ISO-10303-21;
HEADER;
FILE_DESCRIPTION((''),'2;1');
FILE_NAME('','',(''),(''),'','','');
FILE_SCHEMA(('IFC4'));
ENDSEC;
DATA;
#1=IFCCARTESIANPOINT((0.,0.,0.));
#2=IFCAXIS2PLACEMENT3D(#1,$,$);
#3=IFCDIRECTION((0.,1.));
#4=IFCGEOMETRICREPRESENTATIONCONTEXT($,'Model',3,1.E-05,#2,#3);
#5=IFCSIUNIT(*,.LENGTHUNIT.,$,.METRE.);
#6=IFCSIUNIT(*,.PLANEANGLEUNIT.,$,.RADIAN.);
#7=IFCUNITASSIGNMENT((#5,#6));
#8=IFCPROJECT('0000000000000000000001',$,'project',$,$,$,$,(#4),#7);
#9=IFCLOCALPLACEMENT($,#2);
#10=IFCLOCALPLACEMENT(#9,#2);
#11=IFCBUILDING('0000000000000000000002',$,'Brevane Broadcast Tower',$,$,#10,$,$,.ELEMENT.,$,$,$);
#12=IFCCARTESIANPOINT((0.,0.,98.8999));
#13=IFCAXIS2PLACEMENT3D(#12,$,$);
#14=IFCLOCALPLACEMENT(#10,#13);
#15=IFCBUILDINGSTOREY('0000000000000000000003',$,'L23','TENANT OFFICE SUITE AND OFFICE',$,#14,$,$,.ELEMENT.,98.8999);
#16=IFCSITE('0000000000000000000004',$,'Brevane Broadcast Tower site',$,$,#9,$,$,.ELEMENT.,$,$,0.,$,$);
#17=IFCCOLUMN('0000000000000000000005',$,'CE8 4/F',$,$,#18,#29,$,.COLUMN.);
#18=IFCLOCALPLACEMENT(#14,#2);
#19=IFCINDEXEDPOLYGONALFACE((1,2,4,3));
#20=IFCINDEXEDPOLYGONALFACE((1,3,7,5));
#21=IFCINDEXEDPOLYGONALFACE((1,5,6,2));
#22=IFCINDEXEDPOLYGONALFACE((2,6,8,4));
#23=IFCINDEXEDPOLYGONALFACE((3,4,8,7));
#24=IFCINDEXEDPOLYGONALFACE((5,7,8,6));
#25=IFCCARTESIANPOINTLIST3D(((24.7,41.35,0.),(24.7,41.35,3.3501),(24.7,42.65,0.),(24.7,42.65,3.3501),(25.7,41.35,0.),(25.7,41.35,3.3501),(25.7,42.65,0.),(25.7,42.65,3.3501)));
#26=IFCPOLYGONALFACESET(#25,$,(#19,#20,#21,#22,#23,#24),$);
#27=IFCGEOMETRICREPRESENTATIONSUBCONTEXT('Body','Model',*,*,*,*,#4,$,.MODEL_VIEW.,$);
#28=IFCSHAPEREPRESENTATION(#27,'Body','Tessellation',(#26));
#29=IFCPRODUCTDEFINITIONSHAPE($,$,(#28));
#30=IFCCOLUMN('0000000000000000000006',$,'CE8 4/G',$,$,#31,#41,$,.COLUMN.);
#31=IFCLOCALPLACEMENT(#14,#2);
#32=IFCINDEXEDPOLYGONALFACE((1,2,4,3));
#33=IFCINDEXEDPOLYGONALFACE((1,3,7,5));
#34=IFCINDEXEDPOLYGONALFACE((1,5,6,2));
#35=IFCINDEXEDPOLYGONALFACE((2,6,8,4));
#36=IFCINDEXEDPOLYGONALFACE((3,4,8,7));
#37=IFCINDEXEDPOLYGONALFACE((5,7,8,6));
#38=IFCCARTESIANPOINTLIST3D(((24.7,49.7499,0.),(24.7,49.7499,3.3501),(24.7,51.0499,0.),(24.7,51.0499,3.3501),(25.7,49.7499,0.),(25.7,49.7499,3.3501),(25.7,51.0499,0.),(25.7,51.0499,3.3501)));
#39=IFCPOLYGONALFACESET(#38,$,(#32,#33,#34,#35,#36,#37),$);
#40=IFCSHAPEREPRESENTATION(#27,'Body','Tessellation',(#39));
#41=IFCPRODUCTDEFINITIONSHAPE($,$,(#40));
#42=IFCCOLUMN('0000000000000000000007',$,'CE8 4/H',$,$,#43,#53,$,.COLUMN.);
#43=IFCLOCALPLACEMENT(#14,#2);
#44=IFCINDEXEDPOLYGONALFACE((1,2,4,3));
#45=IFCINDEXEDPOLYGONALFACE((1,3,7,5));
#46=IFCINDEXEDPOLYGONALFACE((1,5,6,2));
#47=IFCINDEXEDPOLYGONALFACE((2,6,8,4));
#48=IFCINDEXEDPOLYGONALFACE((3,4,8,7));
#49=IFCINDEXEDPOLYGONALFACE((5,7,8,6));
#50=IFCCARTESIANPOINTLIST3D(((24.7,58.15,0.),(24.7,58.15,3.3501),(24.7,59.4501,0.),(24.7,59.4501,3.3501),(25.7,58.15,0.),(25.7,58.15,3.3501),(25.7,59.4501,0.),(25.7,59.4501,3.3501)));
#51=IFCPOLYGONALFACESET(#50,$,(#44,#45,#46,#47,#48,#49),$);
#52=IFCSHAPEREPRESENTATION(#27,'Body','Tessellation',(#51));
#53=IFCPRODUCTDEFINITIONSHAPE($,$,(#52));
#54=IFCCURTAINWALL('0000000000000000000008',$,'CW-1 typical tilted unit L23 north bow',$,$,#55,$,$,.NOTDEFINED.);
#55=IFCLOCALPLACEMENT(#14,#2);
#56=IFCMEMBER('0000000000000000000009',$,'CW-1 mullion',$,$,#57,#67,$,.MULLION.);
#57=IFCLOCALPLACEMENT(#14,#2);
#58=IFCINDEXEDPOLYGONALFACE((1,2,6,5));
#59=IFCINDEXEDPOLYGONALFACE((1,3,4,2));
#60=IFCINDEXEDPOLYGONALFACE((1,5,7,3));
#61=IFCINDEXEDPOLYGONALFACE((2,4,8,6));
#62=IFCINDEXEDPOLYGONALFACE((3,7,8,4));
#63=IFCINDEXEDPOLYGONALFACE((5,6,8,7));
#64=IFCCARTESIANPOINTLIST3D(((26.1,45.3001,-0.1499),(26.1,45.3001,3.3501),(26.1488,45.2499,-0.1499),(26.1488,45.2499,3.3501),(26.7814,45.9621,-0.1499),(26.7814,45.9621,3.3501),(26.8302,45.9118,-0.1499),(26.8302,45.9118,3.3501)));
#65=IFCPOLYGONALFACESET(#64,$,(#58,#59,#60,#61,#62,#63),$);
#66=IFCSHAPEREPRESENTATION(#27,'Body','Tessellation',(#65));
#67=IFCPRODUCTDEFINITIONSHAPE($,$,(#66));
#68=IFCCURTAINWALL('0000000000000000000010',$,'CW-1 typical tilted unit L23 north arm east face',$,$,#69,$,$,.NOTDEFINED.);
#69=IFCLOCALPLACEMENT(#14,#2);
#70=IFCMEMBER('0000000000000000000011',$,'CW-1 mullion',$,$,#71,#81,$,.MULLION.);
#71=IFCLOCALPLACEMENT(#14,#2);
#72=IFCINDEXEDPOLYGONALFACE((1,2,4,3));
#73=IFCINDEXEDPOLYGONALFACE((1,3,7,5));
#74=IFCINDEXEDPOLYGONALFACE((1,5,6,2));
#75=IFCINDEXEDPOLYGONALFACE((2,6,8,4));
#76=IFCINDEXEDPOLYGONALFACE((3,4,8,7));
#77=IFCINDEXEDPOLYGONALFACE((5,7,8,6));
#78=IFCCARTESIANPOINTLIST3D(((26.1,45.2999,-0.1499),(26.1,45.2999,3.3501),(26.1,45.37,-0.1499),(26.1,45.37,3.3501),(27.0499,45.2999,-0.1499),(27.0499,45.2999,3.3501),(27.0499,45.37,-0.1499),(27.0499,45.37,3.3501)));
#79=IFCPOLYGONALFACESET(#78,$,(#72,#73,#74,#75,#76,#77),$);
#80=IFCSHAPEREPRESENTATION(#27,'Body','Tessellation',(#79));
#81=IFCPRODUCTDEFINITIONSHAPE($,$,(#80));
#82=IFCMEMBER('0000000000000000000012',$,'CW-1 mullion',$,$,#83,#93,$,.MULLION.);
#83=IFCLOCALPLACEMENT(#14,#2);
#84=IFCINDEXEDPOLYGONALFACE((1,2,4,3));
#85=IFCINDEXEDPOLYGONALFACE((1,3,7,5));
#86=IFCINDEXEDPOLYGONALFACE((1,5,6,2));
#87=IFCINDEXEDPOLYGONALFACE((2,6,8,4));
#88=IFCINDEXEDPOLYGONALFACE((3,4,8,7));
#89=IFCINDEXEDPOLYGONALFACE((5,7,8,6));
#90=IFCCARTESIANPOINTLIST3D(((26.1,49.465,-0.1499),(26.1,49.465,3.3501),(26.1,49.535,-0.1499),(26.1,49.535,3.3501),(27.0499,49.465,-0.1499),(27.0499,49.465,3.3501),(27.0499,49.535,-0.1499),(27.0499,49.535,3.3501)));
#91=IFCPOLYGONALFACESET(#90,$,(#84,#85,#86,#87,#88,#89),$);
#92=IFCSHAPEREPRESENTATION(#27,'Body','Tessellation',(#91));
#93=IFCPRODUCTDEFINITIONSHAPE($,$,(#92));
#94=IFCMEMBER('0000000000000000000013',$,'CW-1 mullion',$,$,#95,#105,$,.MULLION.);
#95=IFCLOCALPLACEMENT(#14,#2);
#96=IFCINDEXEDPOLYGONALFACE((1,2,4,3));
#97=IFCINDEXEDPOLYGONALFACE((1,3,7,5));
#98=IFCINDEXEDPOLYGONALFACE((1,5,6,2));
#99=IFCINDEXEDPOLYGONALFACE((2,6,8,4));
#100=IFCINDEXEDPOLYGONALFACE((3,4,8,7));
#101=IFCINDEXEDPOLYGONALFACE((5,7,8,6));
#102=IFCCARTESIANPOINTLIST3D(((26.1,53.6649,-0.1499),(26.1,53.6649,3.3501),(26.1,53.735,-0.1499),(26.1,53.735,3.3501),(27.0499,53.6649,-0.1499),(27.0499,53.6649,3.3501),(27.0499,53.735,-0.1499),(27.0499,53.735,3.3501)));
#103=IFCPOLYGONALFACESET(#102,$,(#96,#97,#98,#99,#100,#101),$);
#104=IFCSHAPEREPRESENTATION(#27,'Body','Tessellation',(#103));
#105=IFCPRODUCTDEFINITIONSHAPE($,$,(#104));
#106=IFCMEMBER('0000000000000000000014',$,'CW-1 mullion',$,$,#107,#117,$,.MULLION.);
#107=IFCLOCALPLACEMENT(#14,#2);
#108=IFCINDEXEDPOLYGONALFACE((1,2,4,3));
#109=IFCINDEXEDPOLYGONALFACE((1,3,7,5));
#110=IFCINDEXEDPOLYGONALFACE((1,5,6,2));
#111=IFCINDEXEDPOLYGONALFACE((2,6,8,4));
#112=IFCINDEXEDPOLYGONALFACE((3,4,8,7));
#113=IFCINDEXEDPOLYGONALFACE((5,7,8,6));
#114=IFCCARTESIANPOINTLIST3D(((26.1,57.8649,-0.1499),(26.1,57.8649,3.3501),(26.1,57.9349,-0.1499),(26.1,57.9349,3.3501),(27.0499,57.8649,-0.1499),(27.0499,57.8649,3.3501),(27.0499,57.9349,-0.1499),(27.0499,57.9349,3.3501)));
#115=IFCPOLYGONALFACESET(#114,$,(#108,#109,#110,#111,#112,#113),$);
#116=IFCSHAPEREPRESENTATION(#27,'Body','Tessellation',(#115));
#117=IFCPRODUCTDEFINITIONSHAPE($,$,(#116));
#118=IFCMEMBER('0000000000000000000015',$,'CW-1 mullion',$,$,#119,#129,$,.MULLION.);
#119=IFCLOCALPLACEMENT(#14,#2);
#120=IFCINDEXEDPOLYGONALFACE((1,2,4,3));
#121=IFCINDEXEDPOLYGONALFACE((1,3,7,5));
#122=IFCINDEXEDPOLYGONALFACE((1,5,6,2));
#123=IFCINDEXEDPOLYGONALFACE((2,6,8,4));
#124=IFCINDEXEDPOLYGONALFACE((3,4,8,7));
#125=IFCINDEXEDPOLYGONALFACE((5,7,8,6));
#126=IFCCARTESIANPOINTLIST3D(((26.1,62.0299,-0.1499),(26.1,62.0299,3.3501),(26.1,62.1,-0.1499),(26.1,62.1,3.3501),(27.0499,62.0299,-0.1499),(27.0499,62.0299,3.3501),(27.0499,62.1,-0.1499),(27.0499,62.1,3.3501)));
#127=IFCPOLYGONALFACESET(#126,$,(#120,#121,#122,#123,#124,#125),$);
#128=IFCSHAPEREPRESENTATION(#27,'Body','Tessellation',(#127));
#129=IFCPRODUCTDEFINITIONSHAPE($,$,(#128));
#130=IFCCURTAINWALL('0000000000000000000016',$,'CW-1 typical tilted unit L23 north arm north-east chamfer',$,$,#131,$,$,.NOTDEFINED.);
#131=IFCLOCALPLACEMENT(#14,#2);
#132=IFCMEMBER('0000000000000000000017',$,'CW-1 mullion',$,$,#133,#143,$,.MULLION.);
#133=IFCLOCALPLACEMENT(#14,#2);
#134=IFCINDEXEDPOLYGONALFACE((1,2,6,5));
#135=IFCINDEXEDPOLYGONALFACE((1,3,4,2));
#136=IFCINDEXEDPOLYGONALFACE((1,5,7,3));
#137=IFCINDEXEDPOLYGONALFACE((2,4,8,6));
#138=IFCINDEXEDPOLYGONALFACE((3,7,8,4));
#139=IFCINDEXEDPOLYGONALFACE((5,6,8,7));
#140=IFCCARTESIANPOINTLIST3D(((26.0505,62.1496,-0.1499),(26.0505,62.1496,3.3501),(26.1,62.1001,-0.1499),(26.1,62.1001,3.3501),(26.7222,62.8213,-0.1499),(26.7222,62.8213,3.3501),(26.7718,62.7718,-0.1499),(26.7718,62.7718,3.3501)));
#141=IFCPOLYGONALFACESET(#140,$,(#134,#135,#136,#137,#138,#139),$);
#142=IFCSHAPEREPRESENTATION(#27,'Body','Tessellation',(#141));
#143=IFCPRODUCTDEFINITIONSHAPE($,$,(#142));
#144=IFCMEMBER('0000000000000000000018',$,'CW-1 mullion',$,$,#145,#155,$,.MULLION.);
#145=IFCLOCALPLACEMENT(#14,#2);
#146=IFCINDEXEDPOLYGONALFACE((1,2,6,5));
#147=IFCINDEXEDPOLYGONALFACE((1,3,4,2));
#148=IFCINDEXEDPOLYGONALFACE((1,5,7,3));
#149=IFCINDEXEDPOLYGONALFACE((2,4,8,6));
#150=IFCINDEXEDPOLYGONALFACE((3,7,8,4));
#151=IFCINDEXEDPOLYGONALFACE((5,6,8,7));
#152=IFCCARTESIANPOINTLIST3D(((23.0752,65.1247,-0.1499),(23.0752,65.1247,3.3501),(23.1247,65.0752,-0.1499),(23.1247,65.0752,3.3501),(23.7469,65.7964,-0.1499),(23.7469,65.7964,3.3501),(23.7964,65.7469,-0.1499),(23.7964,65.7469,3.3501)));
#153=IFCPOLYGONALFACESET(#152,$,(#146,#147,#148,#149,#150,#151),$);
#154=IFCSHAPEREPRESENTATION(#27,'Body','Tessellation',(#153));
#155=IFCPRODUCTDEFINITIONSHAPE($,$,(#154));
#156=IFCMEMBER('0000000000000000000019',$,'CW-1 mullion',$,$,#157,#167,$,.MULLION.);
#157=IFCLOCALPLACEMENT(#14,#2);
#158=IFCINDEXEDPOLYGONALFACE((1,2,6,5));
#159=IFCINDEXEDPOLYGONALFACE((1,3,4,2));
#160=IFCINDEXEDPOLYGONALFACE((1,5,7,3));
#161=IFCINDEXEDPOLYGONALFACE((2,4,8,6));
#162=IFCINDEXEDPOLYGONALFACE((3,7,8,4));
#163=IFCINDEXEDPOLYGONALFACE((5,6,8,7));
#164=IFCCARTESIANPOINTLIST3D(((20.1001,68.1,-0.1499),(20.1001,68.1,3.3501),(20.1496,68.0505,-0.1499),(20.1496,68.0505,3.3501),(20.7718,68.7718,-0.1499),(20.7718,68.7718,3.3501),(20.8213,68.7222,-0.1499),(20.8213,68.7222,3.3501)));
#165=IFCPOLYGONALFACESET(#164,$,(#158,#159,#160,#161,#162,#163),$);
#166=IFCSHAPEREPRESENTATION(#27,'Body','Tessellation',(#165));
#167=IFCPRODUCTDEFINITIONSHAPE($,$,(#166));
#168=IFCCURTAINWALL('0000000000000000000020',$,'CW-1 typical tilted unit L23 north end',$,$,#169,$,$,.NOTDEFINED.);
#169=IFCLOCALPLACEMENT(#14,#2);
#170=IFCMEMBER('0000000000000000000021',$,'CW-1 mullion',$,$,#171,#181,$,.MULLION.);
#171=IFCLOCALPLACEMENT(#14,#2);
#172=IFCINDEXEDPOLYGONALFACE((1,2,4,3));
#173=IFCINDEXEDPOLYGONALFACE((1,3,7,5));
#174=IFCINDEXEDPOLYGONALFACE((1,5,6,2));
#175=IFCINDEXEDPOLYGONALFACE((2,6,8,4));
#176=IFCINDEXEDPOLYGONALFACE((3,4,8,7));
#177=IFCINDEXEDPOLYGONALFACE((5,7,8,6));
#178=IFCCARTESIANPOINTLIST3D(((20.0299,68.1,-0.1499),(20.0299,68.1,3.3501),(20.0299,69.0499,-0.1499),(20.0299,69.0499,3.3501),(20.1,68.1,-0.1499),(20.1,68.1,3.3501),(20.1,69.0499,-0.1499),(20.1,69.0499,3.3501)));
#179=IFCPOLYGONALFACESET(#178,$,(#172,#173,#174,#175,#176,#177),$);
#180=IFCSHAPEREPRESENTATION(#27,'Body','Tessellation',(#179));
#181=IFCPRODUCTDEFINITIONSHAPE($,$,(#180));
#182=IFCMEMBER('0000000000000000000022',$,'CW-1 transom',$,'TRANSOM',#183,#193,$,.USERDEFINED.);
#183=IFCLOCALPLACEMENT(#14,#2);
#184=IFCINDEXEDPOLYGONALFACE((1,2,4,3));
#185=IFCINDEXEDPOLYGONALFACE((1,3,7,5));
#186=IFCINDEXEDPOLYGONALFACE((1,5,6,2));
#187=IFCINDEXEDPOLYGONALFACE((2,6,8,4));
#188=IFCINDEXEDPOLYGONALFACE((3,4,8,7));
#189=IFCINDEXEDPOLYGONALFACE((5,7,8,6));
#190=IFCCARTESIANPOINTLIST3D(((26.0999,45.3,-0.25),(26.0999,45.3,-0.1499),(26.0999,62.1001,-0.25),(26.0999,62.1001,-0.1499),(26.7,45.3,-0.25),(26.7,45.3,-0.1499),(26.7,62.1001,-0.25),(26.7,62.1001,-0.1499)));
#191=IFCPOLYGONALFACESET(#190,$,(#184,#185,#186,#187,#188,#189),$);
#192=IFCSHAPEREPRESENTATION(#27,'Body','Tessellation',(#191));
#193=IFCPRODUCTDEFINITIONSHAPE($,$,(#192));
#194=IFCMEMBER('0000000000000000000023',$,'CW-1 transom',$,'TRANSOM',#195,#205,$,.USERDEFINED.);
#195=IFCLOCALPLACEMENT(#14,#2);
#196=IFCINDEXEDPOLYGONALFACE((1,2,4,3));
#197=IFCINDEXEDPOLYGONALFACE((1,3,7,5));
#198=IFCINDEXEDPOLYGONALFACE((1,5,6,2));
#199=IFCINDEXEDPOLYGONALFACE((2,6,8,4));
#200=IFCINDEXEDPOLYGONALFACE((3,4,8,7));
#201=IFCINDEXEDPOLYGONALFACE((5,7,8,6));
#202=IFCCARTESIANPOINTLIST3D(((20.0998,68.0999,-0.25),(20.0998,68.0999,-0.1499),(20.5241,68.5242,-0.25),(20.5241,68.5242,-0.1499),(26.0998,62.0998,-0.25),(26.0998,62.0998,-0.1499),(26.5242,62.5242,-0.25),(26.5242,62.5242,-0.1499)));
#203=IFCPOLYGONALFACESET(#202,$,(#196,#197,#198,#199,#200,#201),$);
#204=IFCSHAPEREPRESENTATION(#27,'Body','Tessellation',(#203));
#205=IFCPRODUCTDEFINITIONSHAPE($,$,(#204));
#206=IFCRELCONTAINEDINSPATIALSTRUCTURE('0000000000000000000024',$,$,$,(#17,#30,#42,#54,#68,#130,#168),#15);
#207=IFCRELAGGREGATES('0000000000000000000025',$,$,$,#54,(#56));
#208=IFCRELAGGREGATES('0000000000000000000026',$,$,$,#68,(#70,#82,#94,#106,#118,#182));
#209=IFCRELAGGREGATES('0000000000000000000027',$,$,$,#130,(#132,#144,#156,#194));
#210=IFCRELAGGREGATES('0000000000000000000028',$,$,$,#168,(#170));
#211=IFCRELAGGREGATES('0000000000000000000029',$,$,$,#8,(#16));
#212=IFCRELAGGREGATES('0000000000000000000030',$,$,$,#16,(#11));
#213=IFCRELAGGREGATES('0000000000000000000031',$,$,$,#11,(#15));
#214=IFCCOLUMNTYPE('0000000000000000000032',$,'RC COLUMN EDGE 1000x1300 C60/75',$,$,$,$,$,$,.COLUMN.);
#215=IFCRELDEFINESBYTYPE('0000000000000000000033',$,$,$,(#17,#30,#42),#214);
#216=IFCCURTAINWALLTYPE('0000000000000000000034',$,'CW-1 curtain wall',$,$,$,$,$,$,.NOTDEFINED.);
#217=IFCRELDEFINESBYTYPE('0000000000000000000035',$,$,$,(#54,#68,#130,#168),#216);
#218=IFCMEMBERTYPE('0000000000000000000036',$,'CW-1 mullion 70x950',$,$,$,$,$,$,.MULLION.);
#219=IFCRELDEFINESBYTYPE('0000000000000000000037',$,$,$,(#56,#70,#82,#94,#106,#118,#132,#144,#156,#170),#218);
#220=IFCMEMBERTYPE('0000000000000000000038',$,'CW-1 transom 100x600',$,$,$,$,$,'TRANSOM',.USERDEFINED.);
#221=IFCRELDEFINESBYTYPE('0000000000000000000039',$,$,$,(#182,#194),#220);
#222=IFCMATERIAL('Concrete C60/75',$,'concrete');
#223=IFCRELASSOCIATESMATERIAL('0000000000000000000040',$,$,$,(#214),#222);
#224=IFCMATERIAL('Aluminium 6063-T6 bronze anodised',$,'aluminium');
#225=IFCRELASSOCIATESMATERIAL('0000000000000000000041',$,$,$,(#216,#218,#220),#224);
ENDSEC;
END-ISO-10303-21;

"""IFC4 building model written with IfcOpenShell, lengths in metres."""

from ifc_helpers import new_model, si_unit, direction, frame, origin, origin_2d, place, context, subcontext, project, spatial, rectangle, extrude, material, material_profile, profile_set, type_object, element, aggregate, save


model = new_model("IFC4")

# Units and contexts
model_context = context("Model", 3, precision=1e-05, world=origin(), true_north=direction((0.0, 1.0)))
body_context = subcontext(model_context, "Body", "Model", "MODEL_VIEW")
ifc_project = project(units=[si_unit("LENGTHUNIT", "METRE"), si_unit("PLANEANGLEUNIT", "RADIAN")], contexts=[model_context])

# Site, building, storey
site_placement = place(None, origin())
site = spatial("IfcSite", under=ifc_project, at=site_placement, Name="Brevane Broadcast Tower site", CompositionType="ELEMENT", RefElevation=0.0)
building_placement = place(site_placement, origin())
building = spatial("IfcBuilding", under=site, at=building_placement, Name="Brevane Broadcast Tower", CompositionType="ELEMENT")
storey_placement = place(building_placement, frame((0.0, 0.0, 98.8999)))
storey = spatial("IfcBuildingStorey", under=building, at=storey_placement, Name="L23", Description="TENANT OFFICE SUITE AND OFFICE", CompositionType="ELEMENT", Elevation=98.8999)

# Columns
ifc_material_1 = material(Name="Concrete C60/75", Category="concrete")
ifc_material_profile_1 = material_profile(ifc_material_1, rectangle(XDim=1.0, YDim=1.3, at=origin_2d()), Name="RC 1000x1300")
ifc_profile_set_1 = profile_set([ifc_material_profile_1], Name="Concrete C60/75")
column_type = type_object("IfcColumnType", Name="RC COLUMN EDGE 1000x1300 C60/75", PredefinedType="COLUMN", material=ifc_profile_set_1)
for number, where, z_axis, x_axis, name in (
    (1, (25.2, 42.0, 0.0), (0.0, 0.0, 1.0), (1.0, 0.0, 0.0), "CE8 4/F"),
    (2, (25.2, 50.3999, 0.0), (0.0, 0.0, 1.0), (1.0, 0.0, 0.0), "CE8 4/G"),
    (3, (25.2, 58.8, 0.0), (0.0, 0.0, 1.0), (1.0, 0.0, 0.0), "CE8 4/H"),
):
    element("IfcColumn", number, at=place(storey_placement, frame(where, z_axis=z_axis, x_axis=x_axis)), inside=storey, type_object=column_type, Name=name, PredefinedType="COLUMN", context=body_context, shape_type="SweptSolid", body=[
        extrude(rectangle(XDim=1.0, YDim=1.3, at=origin_2d()), origin(), (0.0, 0.0, 1.0), 3.3501),
    ])

# Curtain wall, member
ifc_material_2 = material(Name="Aluminium 6063-T6 bronze anodised", Category="aluminium")
curtain_wall_type = type_object("IfcCurtainWallType", Name="CW-1 curtain wall", PredefinedType="NOTDEFINED", material=ifc_material_2)
curtain_wall_1_placement = place(storey_placement, origin())
curtain_wall_1 = element("IfcCurtainWall", 4, at=curtain_wall_1_placement, inside=storey, type_object=curtain_wall_type, Name="CW-1 typical tilted unit L23 north bow", PredefinedType="NOTDEFINED")
ifc_material_profile_2 = material_profile(ifc_material_2, rectangle(XDim=0.95, YDim=0.0701, at=origin_2d()), Name="RECT 70x950")
ifc_profile_set_2 = profile_set([ifc_material_profile_2], Name="Aluminium 6063-T6 bronze anodised")
member_type_1 = type_object("IfcMemberType", Name="CW-1 mullion 70x950", PredefinedType="MULLION", material=ifc_profile_set_2)
member_1_placement = place(storey_placement, frame((26.4651, 45.606, -0.1499), z_axis=(0.0, 0.0, 1.0), x_axis=(-0.717254, -0.696812, 0.0)))
member_1 = element("IfcMember", 5, at=member_1_placement, type_object=member_type_1, Name="CW-1 mullion", PredefinedType="MULLION", context=body_context, shape_type="SweptSolid", body=[
    extrude(rectangle(XDim=0.95, YDim=0.0701, at=origin_2d()), origin(), (0.0, 0.0, 1.0), 3.5),
])
aggregate(curtain_wall_1, [member_1])

# Curtain walls, members
curtain_wall_2_placement = place(storey_placement, origin())
curtain_wall_2 = element("IfcCurtainWall", 6, at=curtain_wall_2_placement, inside=storey, type_object=curtain_wall_type, Name="CW-1 typical tilted unit L23 north arm east face", PredefinedType="NOTDEFINED")
member_2_placement = place(storey_placement, frame((26.575, 45.335, -0.1499), z_axis=(0.0, 0.0, 1.0), x_axis=(-1.0, 0.0, 0.0)))
member_2 = element("IfcMember", 7, at=member_2_placement, type_object=member_type_1, Name="CW-1 mullion", PredefinedType="MULLION", context=body_context, shape_type="SweptSolid", body=[
    extrude(rectangle(XDim=0.95, YDim=0.0701, at=origin_2d()), origin(), (0.0, 0.0, 1.0), 3.5),
])
member_3_placement = place(storey_placement, frame((26.575, 49.5, -0.1499), z_axis=(0.0, 0.0, 1.0), x_axis=(-1.0, 0.0, 0.0)))
member_3 = element("IfcMember", 8, at=member_3_placement, type_object=member_type_1, Name="CW-1 mullion", PredefinedType="MULLION", context=body_context, shape_type="SweptSolid", body=[
    extrude(rectangle(XDim=0.95, YDim=0.0701, at=origin_2d()), origin(), (0.0, 0.0, 1.0), 3.5),
])
member_4_placement = place(storey_placement, frame((26.575, 53.7, -0.1499), z_axis=(0.0, 0.0, 1.0), x_axis=(-1.0, 0.0, 0.0)))
member_4 = element("IfcMember", 9, at=member_4_placement, type_object=member_type_1, Name="CW-1 mullion", PredefinedType="MULLION", context=body_context, shape_type="SweptSolid", body=[
    extrude(rectangle(XDim=0.95, YDim=0.0701, at=origin_2d()), origin(), (0.0, 0.0, 1.0), 3.5),
])
member_5_placement = place(storey_placement, frame((26.575, 57.8999, -0.1499), z_axis=(0.0, 0.0, 1.0), x_axis=(-1.0, 0.0, 0.0)))
member_5 = element("IfcMember", 10, at=member_5_placement, type_object=member_type_1, Name="CW-1 mullion", PredefinedType="MULLION", context=body_context, shape_type="SweptSolid", body=[
    extrude(rectangle(XDim=0.95, YDim=0.0701, at=origin_2d()), origin(), (0.0, 0.0, 1.0), 3.5),
])
member_6_placement = place(storey_placement, frame((26.575, 62.0649, -0.1499), z_axis=(0.0, 0.0, 1.0), x_axis=(-1.0, 0.0, 0.0)))
member_6 = element("IfcMember", 11, at=member_6_placement, type_object=member_type_1, Name="CW-1 mullion", PredefinedType="MULLION", context=body_context, shape_type="SweptSolid", body=[
    extrude(rectangle(XDim=0.95, YDim=0.0701, at=origin_2d()), origin(), (0.0, 0.0, 1.0), 3.5),
])
curtain_wall_3_placement = place(storey_placement, origin())
curtain_wall_3 = element("IfcCurtainWall", 12, at=curtain_wall_3_placement, inside=storey, type_object=curtain_wall_type, Name="CW-1 typical tilted unit L23 north arm north-east chamfer", PredefinedType="NOTDEFINED")
member_7_placement = place(storey_placement, frame((26.4111, 62.4607, -0.1499), z_axis=(0.0, 0.0, 1.0), x_axis=(-0.707107, -0.707107, 0.0)))
member_7 = element("IfcMember", 13, at=member_7_placement, type_object=member_type_1, Name="CW-1 mullion", PredefinedType="MULLION", context=body_context, shape_type="SweptSolid", body=[
    extrude(rectangle(XDim=0.95, YDim=0.0701, at=origin_2d()), origin(), (0.0, 0.0, 1.0), 3.5),
])
member_8_placement = place(storey_placement, frame((23.4358, 65.4358, -0.1499), z_axis=(0.0, 0.0, 1.0), x_axis=(-0.707107, -0.707107, 0.0)))
member_8 = element("IfcMember", 14, at=member_8_placement, type_object=member_type_1, Name="CW-1 mullion", PredefinedType="MULLION", context=body_context, shape_type="SweptSolid", body=[
    extrude(rectangle(XDim=0.95, YDim=0.0701, at=origin_2d()), origin(), (0.0, 0.0, 1.0), 3.5),
])
member_9_placement = place(storey_placement, frame((20.4607, 68.4111, -0.1499), z_axis=(0.0, 0.0, 1.0), x_axis=(-0.707107, -0.707107, 0.0)))
member_9 = element("IfcMember", 15, at=member_9_placement, type_object=member_type_1, Name="CW-1 mullion", PredefinedType="MULLION", context=body_context, shape_type="SweptSolid", body=[
    extrude(rectangle(XDim=0.95, YDim=0.0701, at=origin_2d()), origin(), (0.0, 0.0, 1.0), 3.5),
])

# Curtain wall, member
curtain_wall_4_placement = place(storey_placement, origin())
curtain_wall_4 = element("IfcCurtainWall", 16, at=curtain_wall_4_placement, inside=storey, type_object=curtain_wall_type, Name="CW-1 typical tilted unit L23 north end", PredefinedType="NOTDEFINED")
member_10_placement = place(storey_placement, frame((20.0649, 68.575, -0.1499), z_axis=(0.0, 0.0, 1.0), x_axis=(0.0, -1.0, 0.0)))
member_10 = element("IfcMember", 17, at=member_10_placement, type_object=member_type_1, Name="CW-1 mullion", PredefinedType="MULLION", context=body_context, shape_type="SweptSolid", body=[
    extrude(rectangle(XDim=0.95, YDim=0.0701, at=origin_2d()), origin(), (0.0, 0.0, 1.0), 3.5),
])

# Members
ifc_material_profile_3 = material_profile(ifc_material_2, rectangle(XDim=0.6001, YDim=0.1001, at=origin_2d()), Name="RECT 100x600")
ifc_profile_set_3 = profile_set([ifc_material_profile_3], Name="Aluminium 6063-T6 bronze anodised")
member_type_2 = type_object("IfcMemberType", Name="CW-1 transom 100x600", ElementType="TRANSOM", PredefinedType="USERDEFINED", material=ifc_profile_set_3)
member_11_placement = place(storey_placement, frame((26.3999, 45.3, -0.2), z_axis=(0.0, 1.0, 0.0), x_axis=(-1.0, 0.0, 0.0)))
member_11 = element("IfcMember", 18, at=member_11_placement, type_object=member_type_2, Name="CW-1 transom", ObjectType="TRANSOM", PredefinedType="USERDEFINED", context=body_context, shape_type="SweptSolid", body=[
    extrude(rectangle(XDim=0.6001, YDim=0.1001, at=origin_2d()), origin(), (0.0, 0.0, 1.0), 16.8),
])
aggregate(curtain_wall_2, [member_2, member_3, member_4, member_5, member_6, member_11])
member_12_placement = place(storey_placement, frame((26.312, 62.312, -0.2), z_axis=(-0.707107, 0.707107, 0.0), x_axis=(-0.707107, -0.707107, 0.0)))
member_12 = element("IfcMember", 19, at=member_12_placement, type_object=member_type_2, Name="CW-1 transom", ObjectType="TRANSOM", PredefinedType="USERDEFINED", context=body_context, shape_type="SweptSolid", body=[
    extrude(rectangle(XDim=0.6001, YDim=0.1001, at=origin_2d()), origin(), (0.0, 0.0, 1.0), 8.4854),
])
aggregate(curtain_wall_3, [member_7, member_8, member_9, member_12])
aggregate(curtain_wall_4, [member_10])

save(model, "model.ifc")
